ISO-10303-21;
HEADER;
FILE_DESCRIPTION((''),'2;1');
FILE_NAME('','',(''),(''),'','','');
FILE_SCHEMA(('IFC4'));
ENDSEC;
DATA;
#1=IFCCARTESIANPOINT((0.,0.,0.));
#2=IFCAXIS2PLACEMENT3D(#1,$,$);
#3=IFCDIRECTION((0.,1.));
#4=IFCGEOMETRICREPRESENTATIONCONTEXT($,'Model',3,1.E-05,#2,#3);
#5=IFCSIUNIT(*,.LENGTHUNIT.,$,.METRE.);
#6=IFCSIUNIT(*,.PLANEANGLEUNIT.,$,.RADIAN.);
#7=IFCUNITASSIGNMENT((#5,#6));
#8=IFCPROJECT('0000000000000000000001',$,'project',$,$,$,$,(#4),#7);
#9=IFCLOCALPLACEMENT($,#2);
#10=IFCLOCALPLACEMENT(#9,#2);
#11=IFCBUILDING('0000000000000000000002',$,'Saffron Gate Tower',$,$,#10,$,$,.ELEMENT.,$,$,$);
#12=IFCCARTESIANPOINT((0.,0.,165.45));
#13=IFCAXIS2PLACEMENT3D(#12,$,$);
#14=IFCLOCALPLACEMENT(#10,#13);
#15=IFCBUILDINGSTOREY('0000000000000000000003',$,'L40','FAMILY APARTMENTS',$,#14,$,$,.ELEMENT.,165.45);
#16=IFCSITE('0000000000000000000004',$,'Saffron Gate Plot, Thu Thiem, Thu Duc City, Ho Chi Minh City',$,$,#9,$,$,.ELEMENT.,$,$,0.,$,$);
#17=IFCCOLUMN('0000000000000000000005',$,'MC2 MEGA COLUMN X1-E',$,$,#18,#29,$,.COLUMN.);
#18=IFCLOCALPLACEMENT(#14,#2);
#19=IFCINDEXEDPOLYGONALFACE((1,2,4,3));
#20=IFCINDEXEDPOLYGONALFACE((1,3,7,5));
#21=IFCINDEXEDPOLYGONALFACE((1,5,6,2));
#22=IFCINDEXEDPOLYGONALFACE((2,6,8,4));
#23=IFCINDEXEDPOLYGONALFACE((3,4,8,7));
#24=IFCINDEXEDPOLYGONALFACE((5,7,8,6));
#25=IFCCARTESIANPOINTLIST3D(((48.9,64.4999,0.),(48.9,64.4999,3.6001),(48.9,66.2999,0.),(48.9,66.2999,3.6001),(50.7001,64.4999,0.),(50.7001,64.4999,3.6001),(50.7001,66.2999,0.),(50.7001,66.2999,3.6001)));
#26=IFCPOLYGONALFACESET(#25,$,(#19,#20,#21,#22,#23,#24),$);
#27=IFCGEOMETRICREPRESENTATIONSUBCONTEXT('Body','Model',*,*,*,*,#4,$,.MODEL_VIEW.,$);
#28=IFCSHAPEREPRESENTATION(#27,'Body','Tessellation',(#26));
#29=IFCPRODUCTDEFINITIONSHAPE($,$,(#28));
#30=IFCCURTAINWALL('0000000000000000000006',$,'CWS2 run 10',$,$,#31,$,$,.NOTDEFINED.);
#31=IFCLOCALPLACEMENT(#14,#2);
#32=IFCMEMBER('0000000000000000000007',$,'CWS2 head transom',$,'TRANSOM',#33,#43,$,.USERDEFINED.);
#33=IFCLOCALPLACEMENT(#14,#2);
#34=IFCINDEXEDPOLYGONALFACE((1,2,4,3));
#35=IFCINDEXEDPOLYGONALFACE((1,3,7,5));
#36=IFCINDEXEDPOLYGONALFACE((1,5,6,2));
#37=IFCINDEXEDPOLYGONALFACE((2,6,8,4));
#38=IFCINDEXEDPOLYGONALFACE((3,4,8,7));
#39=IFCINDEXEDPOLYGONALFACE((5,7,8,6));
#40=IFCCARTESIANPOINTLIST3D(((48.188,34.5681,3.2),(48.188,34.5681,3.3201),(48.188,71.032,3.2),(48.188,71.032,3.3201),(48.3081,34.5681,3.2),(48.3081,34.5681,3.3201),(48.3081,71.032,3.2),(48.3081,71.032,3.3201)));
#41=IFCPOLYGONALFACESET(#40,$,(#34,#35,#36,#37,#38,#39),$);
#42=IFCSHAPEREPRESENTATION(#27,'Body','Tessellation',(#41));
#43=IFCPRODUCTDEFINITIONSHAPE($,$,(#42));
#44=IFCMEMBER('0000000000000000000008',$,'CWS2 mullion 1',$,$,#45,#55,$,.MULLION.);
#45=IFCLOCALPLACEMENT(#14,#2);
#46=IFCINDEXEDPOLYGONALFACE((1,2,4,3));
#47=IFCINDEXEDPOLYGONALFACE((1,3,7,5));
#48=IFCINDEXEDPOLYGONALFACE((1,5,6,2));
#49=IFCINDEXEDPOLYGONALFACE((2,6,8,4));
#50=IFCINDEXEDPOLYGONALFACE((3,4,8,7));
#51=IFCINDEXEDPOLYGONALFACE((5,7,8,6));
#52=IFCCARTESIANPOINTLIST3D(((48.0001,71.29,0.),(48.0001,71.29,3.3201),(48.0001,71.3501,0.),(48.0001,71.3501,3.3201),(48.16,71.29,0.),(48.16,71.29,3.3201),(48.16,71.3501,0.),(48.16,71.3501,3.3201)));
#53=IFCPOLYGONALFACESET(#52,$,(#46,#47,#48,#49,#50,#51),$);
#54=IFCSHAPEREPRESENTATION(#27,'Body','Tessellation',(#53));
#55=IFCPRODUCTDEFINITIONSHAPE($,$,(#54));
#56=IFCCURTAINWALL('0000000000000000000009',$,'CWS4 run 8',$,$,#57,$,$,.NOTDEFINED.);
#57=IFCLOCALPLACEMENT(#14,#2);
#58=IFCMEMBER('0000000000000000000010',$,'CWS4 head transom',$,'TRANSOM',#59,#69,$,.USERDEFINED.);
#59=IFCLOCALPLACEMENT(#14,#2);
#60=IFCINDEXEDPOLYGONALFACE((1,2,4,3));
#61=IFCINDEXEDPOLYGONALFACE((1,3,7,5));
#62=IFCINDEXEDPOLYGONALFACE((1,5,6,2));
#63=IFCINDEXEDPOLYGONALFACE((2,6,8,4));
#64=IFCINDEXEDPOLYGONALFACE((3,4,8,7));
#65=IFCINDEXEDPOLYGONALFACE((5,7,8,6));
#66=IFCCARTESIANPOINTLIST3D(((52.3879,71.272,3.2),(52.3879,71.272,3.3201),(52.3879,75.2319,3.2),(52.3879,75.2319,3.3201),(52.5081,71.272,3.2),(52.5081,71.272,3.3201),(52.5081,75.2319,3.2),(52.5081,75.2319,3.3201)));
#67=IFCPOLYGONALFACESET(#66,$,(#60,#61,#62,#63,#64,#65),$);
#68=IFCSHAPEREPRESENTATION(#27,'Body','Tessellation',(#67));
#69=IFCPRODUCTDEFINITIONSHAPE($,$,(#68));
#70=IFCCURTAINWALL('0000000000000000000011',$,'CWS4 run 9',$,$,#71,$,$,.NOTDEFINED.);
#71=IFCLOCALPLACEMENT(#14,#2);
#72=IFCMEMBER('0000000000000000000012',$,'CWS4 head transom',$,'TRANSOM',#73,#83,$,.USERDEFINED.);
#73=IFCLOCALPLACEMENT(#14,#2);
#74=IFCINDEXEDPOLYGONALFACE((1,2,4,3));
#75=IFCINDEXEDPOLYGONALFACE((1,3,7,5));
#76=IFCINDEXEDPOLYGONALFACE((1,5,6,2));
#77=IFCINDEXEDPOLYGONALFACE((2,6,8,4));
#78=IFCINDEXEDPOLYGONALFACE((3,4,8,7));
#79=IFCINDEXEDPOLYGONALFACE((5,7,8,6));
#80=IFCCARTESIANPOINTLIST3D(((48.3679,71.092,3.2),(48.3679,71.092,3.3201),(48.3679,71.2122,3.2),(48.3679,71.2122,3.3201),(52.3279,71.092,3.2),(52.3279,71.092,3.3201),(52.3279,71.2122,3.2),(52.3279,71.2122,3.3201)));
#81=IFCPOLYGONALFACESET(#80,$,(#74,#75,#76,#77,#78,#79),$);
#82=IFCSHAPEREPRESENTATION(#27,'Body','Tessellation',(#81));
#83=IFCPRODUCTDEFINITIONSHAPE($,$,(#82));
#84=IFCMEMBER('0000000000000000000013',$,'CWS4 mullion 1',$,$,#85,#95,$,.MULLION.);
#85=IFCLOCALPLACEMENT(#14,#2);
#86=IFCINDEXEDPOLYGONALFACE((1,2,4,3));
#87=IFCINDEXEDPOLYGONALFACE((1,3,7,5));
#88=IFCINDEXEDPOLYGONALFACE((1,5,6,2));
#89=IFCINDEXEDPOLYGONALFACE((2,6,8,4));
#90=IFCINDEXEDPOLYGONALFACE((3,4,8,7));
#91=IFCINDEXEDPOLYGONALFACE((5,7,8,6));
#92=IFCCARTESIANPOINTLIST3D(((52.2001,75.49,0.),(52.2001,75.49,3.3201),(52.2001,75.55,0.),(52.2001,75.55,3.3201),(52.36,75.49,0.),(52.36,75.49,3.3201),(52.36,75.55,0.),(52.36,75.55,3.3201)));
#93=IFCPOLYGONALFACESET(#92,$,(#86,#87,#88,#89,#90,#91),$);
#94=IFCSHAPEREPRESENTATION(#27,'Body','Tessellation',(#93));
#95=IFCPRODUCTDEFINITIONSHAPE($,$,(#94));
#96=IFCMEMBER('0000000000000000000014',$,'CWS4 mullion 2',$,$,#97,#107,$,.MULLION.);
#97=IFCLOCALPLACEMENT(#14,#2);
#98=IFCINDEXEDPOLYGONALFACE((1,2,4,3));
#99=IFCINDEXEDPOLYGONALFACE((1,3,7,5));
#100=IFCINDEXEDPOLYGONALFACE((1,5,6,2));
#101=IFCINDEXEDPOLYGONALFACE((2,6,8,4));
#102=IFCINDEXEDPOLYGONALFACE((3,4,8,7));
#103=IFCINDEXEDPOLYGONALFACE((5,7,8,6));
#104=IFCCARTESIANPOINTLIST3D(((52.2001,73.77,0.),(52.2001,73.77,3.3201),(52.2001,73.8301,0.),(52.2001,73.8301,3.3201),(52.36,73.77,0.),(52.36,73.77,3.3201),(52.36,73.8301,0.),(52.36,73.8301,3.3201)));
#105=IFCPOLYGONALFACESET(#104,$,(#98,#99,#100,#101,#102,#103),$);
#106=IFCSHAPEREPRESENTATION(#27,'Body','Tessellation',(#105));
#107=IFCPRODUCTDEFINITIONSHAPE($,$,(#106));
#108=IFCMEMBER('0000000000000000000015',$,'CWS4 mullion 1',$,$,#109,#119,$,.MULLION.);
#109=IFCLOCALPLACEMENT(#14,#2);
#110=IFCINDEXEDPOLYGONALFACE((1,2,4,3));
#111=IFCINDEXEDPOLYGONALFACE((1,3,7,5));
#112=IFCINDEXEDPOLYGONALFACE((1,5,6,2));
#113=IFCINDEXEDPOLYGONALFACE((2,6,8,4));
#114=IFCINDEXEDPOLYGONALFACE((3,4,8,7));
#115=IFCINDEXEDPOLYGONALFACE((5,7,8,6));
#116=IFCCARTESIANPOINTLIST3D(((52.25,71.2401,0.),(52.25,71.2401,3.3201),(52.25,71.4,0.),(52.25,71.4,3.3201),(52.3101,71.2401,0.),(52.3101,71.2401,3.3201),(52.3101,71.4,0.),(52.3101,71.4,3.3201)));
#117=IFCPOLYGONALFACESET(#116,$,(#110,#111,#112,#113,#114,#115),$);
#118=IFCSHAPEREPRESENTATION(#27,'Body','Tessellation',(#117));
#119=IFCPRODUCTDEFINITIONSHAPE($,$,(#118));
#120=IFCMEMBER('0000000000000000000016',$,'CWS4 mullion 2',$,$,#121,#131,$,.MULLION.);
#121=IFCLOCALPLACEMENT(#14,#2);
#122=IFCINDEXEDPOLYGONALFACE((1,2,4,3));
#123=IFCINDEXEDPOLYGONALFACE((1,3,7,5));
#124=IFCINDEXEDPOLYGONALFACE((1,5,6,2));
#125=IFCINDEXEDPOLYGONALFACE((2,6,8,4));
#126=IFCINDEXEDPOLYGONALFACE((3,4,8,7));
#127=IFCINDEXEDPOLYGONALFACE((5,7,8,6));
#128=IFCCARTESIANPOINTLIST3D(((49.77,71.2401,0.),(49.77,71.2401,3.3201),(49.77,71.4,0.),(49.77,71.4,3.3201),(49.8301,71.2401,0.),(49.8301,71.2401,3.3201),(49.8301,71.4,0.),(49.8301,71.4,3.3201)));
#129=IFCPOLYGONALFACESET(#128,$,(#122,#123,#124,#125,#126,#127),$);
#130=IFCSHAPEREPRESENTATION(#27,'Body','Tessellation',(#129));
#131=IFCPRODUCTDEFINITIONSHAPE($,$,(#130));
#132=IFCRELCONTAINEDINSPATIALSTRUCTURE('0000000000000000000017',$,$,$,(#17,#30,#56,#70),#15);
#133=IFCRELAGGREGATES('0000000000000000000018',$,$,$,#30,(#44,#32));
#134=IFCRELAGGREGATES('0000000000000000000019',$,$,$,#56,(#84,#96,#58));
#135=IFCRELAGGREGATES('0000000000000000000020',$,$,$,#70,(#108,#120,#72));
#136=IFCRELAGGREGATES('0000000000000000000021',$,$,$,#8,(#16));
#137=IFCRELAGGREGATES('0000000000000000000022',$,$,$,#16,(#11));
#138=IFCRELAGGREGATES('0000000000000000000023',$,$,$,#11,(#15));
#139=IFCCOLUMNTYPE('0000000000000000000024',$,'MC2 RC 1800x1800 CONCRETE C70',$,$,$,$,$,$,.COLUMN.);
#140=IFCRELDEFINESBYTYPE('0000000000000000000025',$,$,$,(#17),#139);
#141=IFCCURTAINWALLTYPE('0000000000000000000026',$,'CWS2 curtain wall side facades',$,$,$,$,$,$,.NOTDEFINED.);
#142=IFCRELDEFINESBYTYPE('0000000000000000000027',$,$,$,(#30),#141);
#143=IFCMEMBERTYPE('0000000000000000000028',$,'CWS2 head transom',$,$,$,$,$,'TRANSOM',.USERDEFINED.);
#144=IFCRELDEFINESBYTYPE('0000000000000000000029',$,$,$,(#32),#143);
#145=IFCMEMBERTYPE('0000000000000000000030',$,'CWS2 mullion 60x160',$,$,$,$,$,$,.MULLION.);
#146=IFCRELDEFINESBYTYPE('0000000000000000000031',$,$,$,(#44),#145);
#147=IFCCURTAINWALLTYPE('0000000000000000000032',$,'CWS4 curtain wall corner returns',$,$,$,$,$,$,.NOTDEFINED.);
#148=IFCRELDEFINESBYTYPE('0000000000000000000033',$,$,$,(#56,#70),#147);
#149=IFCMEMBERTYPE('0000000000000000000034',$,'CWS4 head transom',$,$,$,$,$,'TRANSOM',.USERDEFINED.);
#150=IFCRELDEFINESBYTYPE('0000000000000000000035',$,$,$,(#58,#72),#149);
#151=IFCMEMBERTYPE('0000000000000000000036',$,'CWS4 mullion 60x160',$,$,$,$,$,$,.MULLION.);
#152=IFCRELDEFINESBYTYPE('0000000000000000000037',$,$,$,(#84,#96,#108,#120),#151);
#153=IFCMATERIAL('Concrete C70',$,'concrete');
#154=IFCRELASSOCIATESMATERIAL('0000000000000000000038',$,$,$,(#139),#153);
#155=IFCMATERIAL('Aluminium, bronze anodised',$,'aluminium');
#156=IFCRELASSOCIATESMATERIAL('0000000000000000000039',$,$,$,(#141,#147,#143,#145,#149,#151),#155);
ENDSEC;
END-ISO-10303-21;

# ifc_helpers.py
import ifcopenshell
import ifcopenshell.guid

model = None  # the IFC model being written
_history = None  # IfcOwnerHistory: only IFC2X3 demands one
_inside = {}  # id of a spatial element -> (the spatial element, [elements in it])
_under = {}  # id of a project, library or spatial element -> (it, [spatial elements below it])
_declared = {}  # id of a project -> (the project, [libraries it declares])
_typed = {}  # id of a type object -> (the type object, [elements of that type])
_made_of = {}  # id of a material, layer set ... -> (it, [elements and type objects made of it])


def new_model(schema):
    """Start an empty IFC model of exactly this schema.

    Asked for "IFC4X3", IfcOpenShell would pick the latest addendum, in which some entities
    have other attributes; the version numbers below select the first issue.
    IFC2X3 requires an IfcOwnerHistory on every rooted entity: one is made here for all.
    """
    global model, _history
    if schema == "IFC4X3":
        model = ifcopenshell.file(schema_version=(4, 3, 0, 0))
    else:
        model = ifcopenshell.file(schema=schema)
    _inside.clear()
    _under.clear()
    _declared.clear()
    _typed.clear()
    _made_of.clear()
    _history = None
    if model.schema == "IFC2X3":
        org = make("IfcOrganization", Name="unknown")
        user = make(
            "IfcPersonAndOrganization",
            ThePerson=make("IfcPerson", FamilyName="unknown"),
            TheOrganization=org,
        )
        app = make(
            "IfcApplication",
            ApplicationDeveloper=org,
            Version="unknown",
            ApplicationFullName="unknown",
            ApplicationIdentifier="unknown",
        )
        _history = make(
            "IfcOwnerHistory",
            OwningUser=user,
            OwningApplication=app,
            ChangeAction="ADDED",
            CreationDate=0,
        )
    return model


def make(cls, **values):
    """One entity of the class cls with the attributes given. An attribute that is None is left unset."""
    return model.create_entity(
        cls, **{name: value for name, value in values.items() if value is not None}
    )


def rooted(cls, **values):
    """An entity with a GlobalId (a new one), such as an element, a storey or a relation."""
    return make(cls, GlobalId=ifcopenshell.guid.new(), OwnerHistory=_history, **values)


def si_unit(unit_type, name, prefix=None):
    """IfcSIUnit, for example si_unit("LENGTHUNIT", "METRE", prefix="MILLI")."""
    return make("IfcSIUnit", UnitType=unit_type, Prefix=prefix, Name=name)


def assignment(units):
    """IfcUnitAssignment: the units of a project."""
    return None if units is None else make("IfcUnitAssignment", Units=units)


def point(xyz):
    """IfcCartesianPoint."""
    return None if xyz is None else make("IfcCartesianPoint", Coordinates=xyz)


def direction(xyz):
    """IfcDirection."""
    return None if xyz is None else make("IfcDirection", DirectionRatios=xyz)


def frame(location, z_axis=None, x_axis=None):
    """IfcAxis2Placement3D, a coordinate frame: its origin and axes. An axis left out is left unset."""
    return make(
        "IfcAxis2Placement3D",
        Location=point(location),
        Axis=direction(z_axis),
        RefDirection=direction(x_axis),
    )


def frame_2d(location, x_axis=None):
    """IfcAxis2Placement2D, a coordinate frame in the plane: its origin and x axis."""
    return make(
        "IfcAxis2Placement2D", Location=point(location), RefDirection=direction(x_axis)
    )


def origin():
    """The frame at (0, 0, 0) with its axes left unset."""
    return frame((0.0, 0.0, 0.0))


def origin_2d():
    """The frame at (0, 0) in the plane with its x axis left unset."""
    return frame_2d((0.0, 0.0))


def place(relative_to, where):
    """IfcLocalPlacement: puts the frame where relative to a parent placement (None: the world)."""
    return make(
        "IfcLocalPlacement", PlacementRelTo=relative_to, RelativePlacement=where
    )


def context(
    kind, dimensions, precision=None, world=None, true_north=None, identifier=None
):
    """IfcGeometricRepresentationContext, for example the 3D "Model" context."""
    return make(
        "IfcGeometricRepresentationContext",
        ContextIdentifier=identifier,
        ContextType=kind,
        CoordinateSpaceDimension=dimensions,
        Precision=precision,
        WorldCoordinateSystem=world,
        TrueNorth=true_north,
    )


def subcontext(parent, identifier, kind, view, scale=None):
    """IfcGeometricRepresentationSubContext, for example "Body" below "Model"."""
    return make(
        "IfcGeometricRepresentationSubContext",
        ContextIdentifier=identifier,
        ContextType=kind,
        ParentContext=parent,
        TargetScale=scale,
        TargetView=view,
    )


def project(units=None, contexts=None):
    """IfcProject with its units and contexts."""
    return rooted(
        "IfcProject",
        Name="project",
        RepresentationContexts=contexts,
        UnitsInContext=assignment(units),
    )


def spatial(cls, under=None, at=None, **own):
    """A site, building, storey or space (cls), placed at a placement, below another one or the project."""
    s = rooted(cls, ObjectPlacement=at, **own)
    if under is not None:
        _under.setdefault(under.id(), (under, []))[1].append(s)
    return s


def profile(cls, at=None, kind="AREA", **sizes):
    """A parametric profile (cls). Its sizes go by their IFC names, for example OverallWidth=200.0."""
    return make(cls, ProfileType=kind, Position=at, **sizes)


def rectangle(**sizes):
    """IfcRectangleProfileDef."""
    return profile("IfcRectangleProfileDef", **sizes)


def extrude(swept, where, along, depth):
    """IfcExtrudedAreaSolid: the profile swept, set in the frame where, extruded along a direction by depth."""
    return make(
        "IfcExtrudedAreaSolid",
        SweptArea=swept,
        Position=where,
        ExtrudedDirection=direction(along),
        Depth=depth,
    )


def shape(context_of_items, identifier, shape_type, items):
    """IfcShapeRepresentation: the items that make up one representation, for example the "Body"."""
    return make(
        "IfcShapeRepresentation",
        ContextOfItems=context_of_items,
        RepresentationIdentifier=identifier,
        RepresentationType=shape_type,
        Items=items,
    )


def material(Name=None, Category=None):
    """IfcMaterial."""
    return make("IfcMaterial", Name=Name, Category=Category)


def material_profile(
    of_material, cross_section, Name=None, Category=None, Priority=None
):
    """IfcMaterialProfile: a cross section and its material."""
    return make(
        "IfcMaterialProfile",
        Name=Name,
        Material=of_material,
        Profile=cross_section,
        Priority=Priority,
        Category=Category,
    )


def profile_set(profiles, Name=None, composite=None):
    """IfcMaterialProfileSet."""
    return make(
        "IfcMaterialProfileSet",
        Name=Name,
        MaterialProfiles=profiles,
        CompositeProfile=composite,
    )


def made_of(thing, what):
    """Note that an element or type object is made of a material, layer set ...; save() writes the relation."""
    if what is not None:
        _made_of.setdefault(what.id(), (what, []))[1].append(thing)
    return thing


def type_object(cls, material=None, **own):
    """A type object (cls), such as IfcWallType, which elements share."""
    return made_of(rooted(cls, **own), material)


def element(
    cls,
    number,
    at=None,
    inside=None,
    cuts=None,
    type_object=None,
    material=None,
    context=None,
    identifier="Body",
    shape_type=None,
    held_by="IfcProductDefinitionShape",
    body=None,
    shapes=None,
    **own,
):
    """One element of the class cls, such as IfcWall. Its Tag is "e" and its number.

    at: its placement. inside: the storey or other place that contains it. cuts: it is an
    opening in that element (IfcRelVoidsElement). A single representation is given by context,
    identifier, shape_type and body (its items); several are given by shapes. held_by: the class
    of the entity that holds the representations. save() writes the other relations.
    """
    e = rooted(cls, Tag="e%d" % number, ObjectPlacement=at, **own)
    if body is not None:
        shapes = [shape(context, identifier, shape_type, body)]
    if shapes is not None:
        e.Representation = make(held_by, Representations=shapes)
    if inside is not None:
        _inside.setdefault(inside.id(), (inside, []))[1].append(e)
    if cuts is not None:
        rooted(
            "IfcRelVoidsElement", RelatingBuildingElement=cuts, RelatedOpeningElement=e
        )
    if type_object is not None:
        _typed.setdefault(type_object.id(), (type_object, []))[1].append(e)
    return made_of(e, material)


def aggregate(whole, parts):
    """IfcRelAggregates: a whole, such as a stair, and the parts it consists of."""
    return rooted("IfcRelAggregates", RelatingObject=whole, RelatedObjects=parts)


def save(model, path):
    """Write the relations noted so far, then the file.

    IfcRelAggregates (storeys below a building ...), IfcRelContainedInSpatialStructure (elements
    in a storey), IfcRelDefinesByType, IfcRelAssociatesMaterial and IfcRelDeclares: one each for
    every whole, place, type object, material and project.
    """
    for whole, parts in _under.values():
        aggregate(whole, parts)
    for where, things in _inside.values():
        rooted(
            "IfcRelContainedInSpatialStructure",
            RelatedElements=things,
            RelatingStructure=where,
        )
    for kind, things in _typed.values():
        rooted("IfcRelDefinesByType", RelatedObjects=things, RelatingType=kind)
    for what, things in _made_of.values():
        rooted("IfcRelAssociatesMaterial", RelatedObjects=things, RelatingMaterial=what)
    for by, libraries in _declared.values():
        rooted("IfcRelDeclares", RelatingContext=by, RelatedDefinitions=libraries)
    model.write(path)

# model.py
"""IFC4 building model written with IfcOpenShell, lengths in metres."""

from ifc_helpers import new_model, si_unit, direction, frame, origin, origin_2d, place, context, subcontext, project, spatial, rectangle, extrude, material, material_profile, profile_set, type_object, element, aggregate, save


model = new_model("IFC4")

# Units and contexts
model_context = context("Model", 3, precision=1e-05, world=origin(), true_north=direction((0.0, 1.0)))
body_context = subcontext(model_context, "Body", "Model", "MODEL_VIEW")
ifc_project = project(units=[si_unit("LENGTHUNIT", "METRE"), si_unit("PLANEANGLEUNIT", "RADIAN")], contexts=[model_context])

# Site, building, storey
site_placement = place(None, origin())
site = spatial("IfcSite", under=ifc_project, at=site_placement, Name="Saffron Gate Plot, Thu Thiem, Thu Duc City, Ho Chi Minh City", CompositionType="ELEMENT", RefElevation=0.0)
building_placement = place(site_placement, origin())
building = spatial("IfcBuilding", under=site, at=building_placement, Name="Saffron Gate Tower", CompositionType="ELEMENT")
storey_placement = place(building_placement, frame((0.0, 0.0, 165.45)))
storey = spatial("IfcBuildingStorey", under=building, at=storey_placement, Name="L40", Description="FAMILY APARTMENTS", CompositionType="ELEMENT", Elevation=165.45)

# Column
ifc_material_1 = material(Name="Concrete C70", Category="concrete")
ifc_material_profile_1 = material_profile(ifc_material_1, rectangle(XDim=1.8, YDim=1.8, at=origin_2d()))
ifc_profile_set_1 = profile_set([ifc_material_profile_1], Name="Concrete C70")
column_type = type_object("IfcColumnType", Name="MC2 RC 1800x1800 CONCRETE C70", PredefinedType="COLUMN", material=ifc_profile_set_1)
column_placement = place(storey_placement, frame((49.8, 65.3999, 0.0), z_axis=(0.0, 0.0, 1.0), x_axis=(1.0, 0.0, 0.0)))
element("IfcColumn", 1, at=column_placement, inside=storey, type_object=column_type, Name="MC2 MEGA COLUMN X1-E", PredefinedType="COLUMN", context=body_context, shape_type="SweptSolid", body=[
    extrude(rectangle(XDim=1.8, YDim=1.8, at=origin_2d()), origin(), (0.0, 0.0, 1.0), 3.6001),
])

# Curtain wall, members
ifc_material_2 = material(Name="Aluminium, bronze anodised", Category="aluminium")
curtain_wall_type_1 = type_object("IfcCurtainWallType", Name="CWS2 curtain wall side facades", PredefinedType="NOTDEFINED", material=ifc_material_2)
curtain_wall_1_placement = place(storey_placement, origin())
curtain_wall_1 = element("IfcCurtainWall", 2, at=curtain_wall_1_placement, inside=storey, type_object=curtain_wall_type_1, Name="CWS2 run 10", PredefinedType="NOTDEFINED")
ifc_material_profile_2 = material_profile(ifc_material_2, rectangle(XDim=0.1201, YDim=0.1201, at=origin_2d()))
ifc_profile_set_2 = profile_set([ifc_material_profile_2], Name="Aluminium, bronze anodised")
member_type_1 = type_object("IfcMemberType", Name="CWS2 head transom", ElementType="TRANSOM", PredefinedType="USERDEFINED", material=ifc_profile_set_2)
member_1_placement = place(storey_placement, frame((48.248, 71.032, 3.26), z_axis=(0.0, -1.0, 0.0), x_axis=(1.0, 0.0, 0.0)))
member_1 = element("IfcMember", 3, at=member_1_placement, type_object=member_type_1, Name="CWS2 head transom", ObjectType="TRANSOM", PredefinedType="USERDEFINED", context=body_context, shape_type="SweptSolid", body=[
    extrude(rectangle(XDim=0.1201, YDim=0.1201, at=origin_2d()), origin(), (0.0, 0.0, 1.0), 36.4639),
])
ifc_material_profile_3 = material_profile(ifc_material_2, rectangle(XDim=0.1599, YDim=0.0601, at=origin_2d()))
ifc_profile_set_3 = profile_set([ifc_material_profile_3], Name="Aluminium, bronze anodised")
member_type_2 = type_object("IfcMemberType", Name="CWS2 mullion 60x160", PredefinedType="MULLION", material=ifc_profile_set_3)
member_2_placement = place(storey_placement, frame((48.0801, 71.3201, 0.0), z_axis=(0.0, 0.0, 1.0), x_axis=(1.0, 0.0, 0.0)))
member_2 = element("IfcMember", 4, at=member_2_placement, type_object=member_type_2, Name="CWS2 mullion 1", PredefinedType="MULLION", context=body_context, shape_type="SweptSolid", body=[
    extrude(rectangle(XDim=0.1599, YDim=0.0601, at=origin_2d()), origin(), (0.0, 0.0, 1.0), 3.3201),
])

# Curtain walls, members
curtain_wall_type_2 = type_object("IfcCurtainWallType", Name="CWS4 curtain wall corner returns", PredefinedType="NOTDEFINED", material=ifc_material_2)
curtain_wall_2_placement = place(storey_placement, origin())
curtain_wall_2 = element("IfcCurtainWall", 5, at=curtain_wall_2_placement, inside=storey, type_object=curtain_wall_type_2, Name="CWS4 run 8", PredefinedType="NOTDEFINED")
ifc_material_profile_4 = material_profile(ifc_material_2, rectangle(XDim=0.1201, YDim=0.1201, at=origin_2d()))
ifc_profile_set_4 = profile_set([ifc_material_profile_4], Name="Aluminium, bronze anodised")
member_type_3 = type_object("IfcMemberType", Name="CWS4 head transom", ElementType="TRANSOM", PredefinedType="USERDEFINED", material=ifc_profile_set_4)
member_3_placement = place(storey_placement, frame((52.448, 75.2319, 3.26), z_axis=(0.0, -1.0, 0.0), x_axis=(1.0, 0.0, 0.0)))
member_3 = element("IfcMember", 6, at=member_3_placement, type_object=member_type_3, Name="CWS4 head transom", ObjectType="TRANSOM", PredefinedType="USERDEFINED", context=body_context, shape_type="SweptSolid", body=[
    extrude(rectangle(XDim=0.1201, YDim=0.1201, at=origin_2d()), origin(), (0.0, 0.0, 1.0), 3.96),
])
curtain_wall_3_placement = place(storey_placement, origin())
curtain_wall_3 = element("IfcCurtainWall", 7, at=curtain_wall_3_placement, inside=storey, type_object=curtain_wall_type_2, Name="CWS4 run 9", PredefinedType="NOTDEFINED")
member_4_placement = place(storey_placement, frame((52.3279, 71.1521, 3.26), z_axis=(-1.0, 0.0, 0.0), x_axis=(0.0, -1.0, 0.0)))
member_4 = element("IfcMember", 8, at=member_4_placement, type_object=member_type_3, Name="CWS4 head transom", ObjectType="TRANSOM", PredefinedType="USERDEFINED", context=body_context, shape_type="SweptSolid", body=[
    extrude(rectangle(XDim=0.1201, YDim=0.1201, at=origin_2d()), origin(), (0.0, 0.0, 1.0), 3.96),
])

# Members
ifc_material_profile_5 = material_profile(ifc_material_2, rectangle(XDim=0.1599, YDim=0.0601, at=origin_2d()))
ifc_profile_set_5 = profile_set([ifc_material_profile_5], Name="Aluminium, bronze anodised")
member_type_4 = type_object("IfcMemberType", Name="CWS4 mullion 60x160", PredefinedType="MULLION", material=ifc_profile_set_5)
member_5_placement = place(storey_placement, frame((52.28, 75.52, 0.0), z_axis=(0.0, 0.0, 1.0), x_axis=(1.0, 0.0, 0.0)))
member_5 = element("IfcMember", 9, at=member_5_placement, type_object=member_type_4, Name="CWS4 mullion 1", PredefinedType="MULLION", context=body_context, shape_type="SweptSolid", body=[
    extrude(rectangle(XDim=0.1599, YDim=0.0601, at=origin_2d()), origin(), (0.0, 0.0, 1.0), 3.3201),
])
member_6_placement = place(storey_placement, frame((52.28, 73.8, 0.0), z_axis=(0.0, 0.0, 1.0), x_axis=(1.0, 0.0, 0.0)))
member_6 = element("IfcMember", 10, at=member_6_placement, type_object=member_type_4, Name="CWS4 mullion 2", PredefinedType="MULLION", context=body_context, shape_type="SweptSolid", body=[
    extrude(rectangle(XDim=0.1599, YDim=0.0601, at=origin_2d()), origin(), (0.0, 0.0, 1.0), 3.3201),
])
member_7_placement = place(storey_placement, frame((52.28, 71.3201, 0.0), z_axis=(0.0, 0.0, 1.0), x_axis=(0.0, -1.0, 0.0)))
member_7 = element("IfcMember", 11, at=member_7_placement, type_object=member_type_4, Name="CWS4 mullion 1", PredefinedType="MULLION", context=body_context, shape_type="SweptSolid", body=[
    extrude(rectangle(XDim=0.1599, YDim=0.0601, at=origin_2d()), origin(), (0.0, 0.0, 1.0), 3.3201),
])
member_8_placement = place(storey_placement, frame((49.8, 71.3201, 0.0), z_axis=(0.0, 0.0, 1.0), x_axis=(0.0, -1.0, 0.0)))
member_8 = element("IfcMember", 12, at=member_8_placement, type_object=member_type_4, Name="CWS4 mullion 2", PredefinedType="MULLION", context=body_context, shape_type="SweptSolid", body=[
    extrude(rectangle(XDim=0.1599, YDim=0.0601, at=origin_2d()), origin(), (0.0, 0.0, 1.0), 3.3201),
])

aggregate(curtain_wall_1, [member_2, member_1])

aggregate(curtain_wall_2, [member_5, member_6, member_3])
aggregate(curtain_wall_3, [member_7, member_8, member_4])

save(model, "model.ifc")
